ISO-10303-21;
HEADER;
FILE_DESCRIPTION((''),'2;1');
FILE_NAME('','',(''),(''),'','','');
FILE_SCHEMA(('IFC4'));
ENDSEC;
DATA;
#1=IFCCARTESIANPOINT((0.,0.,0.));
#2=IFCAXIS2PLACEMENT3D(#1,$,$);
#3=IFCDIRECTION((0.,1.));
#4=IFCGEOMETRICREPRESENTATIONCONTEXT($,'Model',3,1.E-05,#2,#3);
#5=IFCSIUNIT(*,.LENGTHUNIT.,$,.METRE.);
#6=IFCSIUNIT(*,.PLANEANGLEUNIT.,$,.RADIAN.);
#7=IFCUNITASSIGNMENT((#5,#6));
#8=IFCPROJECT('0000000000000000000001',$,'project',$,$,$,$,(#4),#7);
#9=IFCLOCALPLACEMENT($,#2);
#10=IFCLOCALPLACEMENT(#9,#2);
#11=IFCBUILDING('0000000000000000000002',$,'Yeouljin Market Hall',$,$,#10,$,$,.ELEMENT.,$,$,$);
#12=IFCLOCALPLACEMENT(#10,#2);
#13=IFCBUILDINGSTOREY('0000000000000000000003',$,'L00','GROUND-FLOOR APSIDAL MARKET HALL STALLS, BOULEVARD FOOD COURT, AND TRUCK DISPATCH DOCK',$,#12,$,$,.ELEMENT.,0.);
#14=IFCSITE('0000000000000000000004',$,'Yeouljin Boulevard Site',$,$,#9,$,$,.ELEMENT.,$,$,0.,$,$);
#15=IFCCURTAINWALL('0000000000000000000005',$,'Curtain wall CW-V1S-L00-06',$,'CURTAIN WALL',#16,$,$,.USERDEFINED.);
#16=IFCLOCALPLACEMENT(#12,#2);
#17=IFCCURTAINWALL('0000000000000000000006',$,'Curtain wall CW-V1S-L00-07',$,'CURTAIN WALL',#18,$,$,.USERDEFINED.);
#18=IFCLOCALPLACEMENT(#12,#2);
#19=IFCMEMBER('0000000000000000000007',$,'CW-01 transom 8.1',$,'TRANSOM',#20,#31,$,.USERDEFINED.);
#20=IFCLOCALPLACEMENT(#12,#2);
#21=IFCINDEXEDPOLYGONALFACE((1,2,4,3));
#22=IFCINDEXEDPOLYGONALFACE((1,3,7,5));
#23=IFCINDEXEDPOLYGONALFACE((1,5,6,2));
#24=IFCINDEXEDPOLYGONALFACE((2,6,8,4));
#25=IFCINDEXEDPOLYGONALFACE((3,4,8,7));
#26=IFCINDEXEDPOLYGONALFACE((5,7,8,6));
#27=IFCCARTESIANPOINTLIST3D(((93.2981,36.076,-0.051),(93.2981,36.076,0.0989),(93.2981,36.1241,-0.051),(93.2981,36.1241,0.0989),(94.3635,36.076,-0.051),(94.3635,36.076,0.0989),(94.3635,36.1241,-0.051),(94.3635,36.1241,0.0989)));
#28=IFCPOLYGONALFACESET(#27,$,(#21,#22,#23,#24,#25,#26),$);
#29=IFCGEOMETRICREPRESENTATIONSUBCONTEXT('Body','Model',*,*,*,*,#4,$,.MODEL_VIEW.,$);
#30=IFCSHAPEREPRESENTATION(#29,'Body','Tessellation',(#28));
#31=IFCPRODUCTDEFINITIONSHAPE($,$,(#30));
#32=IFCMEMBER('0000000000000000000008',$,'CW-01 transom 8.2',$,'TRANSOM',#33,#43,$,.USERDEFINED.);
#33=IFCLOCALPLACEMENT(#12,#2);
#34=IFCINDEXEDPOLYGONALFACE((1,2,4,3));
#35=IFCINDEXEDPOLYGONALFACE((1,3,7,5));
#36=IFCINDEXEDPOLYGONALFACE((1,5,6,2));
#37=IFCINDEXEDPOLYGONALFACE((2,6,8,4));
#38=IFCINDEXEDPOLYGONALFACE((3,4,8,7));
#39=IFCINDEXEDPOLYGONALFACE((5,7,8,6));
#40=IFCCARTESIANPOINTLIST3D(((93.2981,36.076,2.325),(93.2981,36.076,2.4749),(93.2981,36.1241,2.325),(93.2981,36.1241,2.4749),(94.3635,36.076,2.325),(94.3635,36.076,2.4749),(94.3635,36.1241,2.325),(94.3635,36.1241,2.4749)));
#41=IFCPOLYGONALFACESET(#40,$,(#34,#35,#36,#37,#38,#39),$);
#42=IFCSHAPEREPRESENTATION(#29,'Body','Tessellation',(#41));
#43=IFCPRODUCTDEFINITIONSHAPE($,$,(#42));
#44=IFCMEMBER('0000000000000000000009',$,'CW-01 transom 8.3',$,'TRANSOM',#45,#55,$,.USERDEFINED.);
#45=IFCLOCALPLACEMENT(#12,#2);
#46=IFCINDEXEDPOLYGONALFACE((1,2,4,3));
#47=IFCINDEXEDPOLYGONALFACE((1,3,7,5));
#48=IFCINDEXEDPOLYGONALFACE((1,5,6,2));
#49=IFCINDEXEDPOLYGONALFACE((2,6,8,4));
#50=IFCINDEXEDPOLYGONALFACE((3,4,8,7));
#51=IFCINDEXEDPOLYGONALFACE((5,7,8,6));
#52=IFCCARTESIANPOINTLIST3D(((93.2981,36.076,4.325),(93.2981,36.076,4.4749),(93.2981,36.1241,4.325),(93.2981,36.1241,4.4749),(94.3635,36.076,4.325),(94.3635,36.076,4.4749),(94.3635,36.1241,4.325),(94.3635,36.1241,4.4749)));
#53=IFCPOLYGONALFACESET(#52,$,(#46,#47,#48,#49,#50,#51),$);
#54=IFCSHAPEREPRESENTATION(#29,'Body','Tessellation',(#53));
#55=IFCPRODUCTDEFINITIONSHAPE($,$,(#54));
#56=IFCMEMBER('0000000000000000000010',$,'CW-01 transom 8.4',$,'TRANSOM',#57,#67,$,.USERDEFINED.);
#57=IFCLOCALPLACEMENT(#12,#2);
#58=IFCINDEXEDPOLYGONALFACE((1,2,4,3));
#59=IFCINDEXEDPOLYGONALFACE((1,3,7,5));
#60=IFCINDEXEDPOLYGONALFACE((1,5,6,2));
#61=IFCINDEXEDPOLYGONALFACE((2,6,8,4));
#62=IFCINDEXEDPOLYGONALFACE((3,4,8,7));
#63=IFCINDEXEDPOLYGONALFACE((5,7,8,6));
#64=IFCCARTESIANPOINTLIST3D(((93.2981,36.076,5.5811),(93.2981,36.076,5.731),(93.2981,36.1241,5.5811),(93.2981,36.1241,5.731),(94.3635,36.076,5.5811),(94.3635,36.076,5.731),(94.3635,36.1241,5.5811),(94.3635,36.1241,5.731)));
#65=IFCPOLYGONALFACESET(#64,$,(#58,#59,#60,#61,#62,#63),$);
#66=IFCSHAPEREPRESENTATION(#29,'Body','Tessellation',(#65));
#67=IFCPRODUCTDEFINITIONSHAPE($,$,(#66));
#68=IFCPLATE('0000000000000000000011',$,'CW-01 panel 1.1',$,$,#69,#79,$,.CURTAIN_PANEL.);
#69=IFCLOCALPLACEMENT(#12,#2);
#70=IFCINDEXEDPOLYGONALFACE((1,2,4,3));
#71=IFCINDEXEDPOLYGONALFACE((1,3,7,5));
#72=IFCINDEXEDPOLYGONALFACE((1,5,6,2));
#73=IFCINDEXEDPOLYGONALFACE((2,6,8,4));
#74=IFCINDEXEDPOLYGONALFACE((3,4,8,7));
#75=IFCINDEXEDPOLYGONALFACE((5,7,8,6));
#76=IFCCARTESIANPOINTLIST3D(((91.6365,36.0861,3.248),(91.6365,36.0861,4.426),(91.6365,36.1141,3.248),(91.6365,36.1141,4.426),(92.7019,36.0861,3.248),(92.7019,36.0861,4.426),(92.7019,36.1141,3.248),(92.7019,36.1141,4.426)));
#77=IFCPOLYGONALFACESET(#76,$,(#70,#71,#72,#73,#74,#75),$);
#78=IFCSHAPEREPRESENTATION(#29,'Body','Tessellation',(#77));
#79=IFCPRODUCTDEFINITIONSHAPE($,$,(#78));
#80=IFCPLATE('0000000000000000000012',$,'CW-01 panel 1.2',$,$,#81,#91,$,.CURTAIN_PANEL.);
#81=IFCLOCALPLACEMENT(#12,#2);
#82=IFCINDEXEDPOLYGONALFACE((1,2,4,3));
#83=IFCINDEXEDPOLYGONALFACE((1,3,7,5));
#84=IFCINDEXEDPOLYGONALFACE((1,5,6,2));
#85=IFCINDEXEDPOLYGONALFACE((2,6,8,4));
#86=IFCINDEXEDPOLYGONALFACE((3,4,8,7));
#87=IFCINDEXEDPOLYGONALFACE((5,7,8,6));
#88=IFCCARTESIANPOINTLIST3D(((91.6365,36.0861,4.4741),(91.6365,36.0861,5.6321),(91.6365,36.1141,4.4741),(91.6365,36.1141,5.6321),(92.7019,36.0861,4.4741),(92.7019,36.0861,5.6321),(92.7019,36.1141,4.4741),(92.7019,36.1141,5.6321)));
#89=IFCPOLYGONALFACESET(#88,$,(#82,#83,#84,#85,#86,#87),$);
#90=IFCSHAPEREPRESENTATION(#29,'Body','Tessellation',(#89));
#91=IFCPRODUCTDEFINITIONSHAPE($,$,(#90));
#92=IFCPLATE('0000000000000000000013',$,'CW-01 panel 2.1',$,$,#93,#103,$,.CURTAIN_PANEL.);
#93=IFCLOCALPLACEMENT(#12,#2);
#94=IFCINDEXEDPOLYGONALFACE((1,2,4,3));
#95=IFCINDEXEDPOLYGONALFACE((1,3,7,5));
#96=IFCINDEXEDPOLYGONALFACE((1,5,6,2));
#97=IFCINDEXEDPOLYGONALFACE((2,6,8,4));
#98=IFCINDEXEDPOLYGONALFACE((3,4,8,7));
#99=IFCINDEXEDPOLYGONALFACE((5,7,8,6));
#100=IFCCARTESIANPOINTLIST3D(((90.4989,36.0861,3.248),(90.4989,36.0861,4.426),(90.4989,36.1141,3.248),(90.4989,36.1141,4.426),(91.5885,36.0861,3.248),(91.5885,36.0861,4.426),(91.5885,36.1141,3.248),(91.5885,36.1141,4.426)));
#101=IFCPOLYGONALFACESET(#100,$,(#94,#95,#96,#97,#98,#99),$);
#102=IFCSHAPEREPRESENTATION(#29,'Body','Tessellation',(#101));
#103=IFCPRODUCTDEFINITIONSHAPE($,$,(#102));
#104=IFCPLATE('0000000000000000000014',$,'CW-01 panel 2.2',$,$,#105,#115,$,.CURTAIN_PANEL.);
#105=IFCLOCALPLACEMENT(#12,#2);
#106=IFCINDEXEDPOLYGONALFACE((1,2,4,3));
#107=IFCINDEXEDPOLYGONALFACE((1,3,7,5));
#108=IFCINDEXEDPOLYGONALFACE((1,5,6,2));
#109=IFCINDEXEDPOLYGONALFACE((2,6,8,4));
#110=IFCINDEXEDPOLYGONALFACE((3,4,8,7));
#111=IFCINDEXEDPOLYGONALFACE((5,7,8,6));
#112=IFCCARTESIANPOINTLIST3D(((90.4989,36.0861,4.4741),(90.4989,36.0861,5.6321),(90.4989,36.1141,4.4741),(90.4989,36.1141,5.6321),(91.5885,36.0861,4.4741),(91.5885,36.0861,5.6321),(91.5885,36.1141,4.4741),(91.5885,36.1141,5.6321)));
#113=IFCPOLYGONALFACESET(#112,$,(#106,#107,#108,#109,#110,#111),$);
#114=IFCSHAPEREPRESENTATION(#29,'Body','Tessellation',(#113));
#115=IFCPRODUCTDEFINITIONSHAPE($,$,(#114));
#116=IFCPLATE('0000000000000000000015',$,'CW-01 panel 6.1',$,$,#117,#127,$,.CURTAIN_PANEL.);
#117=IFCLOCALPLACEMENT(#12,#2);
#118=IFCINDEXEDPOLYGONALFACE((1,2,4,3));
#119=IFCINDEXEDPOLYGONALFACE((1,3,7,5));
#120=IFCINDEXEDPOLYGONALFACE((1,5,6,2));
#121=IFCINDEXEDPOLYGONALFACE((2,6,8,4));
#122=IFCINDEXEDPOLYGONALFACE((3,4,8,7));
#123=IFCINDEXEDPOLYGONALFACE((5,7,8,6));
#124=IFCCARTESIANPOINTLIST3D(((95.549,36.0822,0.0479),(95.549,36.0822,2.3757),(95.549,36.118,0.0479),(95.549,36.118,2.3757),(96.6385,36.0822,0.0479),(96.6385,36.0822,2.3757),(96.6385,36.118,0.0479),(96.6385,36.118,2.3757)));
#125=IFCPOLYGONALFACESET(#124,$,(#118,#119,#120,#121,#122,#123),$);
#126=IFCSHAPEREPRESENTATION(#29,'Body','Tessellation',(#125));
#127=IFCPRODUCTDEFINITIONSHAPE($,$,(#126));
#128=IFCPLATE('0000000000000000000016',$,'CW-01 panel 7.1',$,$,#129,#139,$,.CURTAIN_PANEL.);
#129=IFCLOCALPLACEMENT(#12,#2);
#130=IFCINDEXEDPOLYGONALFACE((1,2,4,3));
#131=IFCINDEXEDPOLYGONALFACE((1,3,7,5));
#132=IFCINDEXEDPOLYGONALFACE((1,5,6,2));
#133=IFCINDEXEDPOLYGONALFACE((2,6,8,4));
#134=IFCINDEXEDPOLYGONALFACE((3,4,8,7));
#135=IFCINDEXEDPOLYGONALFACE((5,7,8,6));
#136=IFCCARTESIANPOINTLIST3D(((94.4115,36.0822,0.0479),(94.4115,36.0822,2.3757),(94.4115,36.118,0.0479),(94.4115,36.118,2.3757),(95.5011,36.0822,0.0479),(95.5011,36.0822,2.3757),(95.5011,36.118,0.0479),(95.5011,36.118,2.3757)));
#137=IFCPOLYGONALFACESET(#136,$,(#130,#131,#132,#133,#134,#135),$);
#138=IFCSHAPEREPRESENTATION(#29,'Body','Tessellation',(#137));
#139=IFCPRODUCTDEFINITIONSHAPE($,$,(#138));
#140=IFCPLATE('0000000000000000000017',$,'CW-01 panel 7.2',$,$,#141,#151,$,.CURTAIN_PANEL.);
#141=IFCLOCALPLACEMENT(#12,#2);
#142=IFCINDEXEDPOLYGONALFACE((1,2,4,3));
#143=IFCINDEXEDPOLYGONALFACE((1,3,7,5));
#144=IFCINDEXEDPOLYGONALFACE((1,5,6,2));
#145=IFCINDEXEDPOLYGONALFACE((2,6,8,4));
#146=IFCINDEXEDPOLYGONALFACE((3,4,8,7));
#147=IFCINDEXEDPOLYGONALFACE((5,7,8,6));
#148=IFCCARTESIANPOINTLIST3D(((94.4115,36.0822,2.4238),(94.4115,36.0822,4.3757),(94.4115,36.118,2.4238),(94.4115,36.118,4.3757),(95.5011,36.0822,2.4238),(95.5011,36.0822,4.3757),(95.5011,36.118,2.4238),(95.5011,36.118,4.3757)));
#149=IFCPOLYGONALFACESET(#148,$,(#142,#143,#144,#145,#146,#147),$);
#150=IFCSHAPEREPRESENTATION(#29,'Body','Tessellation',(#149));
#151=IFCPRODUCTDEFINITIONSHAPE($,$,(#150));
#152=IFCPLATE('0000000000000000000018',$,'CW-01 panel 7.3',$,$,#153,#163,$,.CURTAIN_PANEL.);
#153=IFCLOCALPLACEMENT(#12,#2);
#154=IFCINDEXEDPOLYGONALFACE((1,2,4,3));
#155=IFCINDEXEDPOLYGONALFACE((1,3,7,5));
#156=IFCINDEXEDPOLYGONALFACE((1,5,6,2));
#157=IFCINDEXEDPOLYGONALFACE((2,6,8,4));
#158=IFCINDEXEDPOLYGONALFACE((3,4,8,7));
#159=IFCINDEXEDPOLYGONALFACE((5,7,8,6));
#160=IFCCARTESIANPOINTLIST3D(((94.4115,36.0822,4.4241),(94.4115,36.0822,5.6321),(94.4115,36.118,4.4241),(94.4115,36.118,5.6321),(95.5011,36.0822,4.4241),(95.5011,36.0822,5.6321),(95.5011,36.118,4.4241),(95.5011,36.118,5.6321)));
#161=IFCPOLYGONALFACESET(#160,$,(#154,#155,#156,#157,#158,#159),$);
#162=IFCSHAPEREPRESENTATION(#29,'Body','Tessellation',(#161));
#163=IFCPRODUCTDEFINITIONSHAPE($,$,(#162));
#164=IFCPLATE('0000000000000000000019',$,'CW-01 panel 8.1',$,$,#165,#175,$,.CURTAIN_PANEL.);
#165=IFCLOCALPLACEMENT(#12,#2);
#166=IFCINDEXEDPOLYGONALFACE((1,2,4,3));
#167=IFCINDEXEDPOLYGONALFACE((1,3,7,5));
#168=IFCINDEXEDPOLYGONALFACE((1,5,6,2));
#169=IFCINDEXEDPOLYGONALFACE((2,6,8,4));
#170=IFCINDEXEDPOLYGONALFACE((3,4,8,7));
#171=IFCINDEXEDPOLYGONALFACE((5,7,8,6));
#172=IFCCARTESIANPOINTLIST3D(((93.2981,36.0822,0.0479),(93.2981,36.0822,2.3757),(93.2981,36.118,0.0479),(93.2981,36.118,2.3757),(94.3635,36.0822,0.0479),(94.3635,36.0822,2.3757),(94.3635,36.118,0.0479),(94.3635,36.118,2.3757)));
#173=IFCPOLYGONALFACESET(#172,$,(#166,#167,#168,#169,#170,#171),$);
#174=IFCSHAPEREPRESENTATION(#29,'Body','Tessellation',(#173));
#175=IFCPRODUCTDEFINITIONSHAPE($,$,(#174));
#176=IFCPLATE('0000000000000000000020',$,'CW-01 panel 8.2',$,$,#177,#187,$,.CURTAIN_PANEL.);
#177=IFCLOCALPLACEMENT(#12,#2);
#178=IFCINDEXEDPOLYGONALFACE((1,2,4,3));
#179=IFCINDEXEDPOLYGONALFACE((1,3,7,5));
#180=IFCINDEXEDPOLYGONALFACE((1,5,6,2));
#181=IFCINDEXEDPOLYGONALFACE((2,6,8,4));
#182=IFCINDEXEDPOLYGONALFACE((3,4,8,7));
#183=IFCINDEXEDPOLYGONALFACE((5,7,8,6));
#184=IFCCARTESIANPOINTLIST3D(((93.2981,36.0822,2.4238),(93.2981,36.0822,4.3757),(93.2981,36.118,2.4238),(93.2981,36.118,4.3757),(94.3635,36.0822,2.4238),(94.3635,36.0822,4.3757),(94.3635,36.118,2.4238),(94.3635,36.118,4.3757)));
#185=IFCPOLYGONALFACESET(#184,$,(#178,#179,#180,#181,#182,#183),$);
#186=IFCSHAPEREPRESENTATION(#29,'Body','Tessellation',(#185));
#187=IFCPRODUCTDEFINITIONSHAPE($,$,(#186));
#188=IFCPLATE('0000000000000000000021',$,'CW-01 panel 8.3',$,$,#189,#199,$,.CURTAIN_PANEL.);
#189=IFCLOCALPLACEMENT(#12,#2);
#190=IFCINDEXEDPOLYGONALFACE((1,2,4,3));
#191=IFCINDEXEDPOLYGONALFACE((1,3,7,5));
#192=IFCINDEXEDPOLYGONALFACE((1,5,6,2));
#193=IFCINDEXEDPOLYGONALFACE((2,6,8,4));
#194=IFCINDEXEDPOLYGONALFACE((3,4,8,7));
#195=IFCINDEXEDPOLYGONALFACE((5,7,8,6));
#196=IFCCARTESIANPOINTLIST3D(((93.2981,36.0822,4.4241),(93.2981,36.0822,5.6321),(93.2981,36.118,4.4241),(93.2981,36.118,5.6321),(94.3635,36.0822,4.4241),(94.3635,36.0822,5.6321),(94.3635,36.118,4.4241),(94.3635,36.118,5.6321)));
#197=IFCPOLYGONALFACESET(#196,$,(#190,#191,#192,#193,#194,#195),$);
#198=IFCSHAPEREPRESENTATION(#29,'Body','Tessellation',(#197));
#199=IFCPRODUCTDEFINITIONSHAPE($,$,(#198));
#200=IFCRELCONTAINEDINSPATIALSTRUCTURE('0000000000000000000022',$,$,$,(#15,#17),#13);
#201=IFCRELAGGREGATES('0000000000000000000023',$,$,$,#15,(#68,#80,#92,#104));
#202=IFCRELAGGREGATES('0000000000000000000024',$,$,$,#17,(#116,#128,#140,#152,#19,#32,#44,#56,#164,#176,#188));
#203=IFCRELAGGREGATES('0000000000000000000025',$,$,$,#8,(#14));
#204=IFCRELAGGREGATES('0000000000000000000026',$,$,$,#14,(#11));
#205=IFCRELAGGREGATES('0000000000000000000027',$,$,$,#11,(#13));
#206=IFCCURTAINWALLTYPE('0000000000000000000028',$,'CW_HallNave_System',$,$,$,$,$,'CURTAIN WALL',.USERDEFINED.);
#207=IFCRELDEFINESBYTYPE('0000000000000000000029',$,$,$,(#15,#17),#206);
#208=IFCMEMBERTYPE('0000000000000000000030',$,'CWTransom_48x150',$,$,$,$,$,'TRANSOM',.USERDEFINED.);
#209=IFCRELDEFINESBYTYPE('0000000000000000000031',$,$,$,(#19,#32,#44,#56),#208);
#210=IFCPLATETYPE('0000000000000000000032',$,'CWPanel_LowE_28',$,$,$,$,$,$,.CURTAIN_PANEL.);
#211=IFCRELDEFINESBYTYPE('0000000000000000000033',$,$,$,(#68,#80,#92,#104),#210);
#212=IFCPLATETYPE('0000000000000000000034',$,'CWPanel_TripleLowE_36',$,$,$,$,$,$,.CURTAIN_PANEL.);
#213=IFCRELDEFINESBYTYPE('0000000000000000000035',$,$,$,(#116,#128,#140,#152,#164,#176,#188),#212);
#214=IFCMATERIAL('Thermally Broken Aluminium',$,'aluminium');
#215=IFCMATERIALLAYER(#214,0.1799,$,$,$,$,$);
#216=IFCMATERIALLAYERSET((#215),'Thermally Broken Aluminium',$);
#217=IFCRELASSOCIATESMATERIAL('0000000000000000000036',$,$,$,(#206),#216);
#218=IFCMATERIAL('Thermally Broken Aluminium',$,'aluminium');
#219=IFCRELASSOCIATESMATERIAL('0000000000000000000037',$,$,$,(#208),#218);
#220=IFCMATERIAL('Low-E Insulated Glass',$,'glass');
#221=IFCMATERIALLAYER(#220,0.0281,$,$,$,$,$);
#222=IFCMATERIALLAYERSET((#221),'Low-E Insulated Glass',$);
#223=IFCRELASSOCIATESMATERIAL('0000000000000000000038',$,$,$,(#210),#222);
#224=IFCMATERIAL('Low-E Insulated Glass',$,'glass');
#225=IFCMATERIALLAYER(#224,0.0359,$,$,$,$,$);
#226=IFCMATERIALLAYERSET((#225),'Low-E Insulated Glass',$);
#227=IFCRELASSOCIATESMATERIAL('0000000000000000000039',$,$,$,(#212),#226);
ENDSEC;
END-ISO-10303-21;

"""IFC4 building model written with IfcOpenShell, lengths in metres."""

from ifc_helpers import new_model, si_unit, direction, frame, origin, origin_2d, place, context, subcontext, project, spatial, rectangle, extrude, material, layer, layer_set, material_profile, profile_set, type_object, element, aggregate, save


model = new_model("IFC4")

# Units and contexts
model_context = context("Model", 3, precision=1e-05, world=origin(), true_north=direction((0.0, 1.0)))
body_context = subcontext(model_context, "Body", "Model", "MODEL_VIEW")
ifc_project = project(units=[si_unit("LENGTHUNIT", "METRE"), si_unit("PLANEANGLEUNIT", "RADIAN")], contexts=[model_context])

# Site, building, storey
site_placement = place(None, origin())
site = spatial("IfcSite", under=ifc_project, at=site_placement, Name="Yeouljin Boulevard Site", CompositionType="ELEMENT", RefElevation=0.0)
building_placement = place(site_placement, origin())
building = spatial("IfcBuilding", under=site, at=building_placement, Name="Yeouljin Market Hall", CompositionType="ELEMENT")
storey_placement = place(building_placement, origin())
storey = spatial("IfcBuildingStorey", under=building, at=storey_placement, Name="L00", Description="GROUND-FLOOR APSIDAL MARKET HALL STALLS, BOULEVARD FOOD COURT, AND TRUCK DISPATCH DOCK", CompositionType="ELEMENT", Elevation=0.0)

# Curtain walls
ifc_material_1 = material(Name="Thermally Broken Aluminium", Category="aluminium")
ifc_layer_1 = layer(ifc_material_1, 0.1799)
ifc_layer_set_1 = layer_set([ifc_layer_1], Name="Thermally Broken Aluminium")
curtain_wall_type = type_object("IfcCurtainWallType", Name="CW_HallNave_System", ElementType="CURTAIN WALL", PredefinedType="USERDEFINED", material=ifc_layer_set_1)
curtain_wall_1_placement = place(storey_placement, origin())
curtain_wall_1 = element("IfcCurtainWall", 1, at=curtain_wall_1_placement, inside=storey, type_object=curtain_wall_type, Name="Curtain wall CW-V1S-L00-06", ObjectType="CURTAIN WALL", PredefinedType="USERDEFINED")
curtain_wall_2_placement = place(storey_placement, origin())
curtain_wall_2 = element("IfcCurtainWall", 2, at=curtain_wall_2_placement, inside=storey, type_object=curtain_wall_type, Name="Curtain wall CW-V1S-L00-07", ObjectType="CURTAIN WALL", PredefinedType="USERDEFINED")

# Members
ifc_material_2 = material(Name="Thermally Broken Aluminium", Category="aluminium")
ifc_material_profile_1 = material_profile(ifc_material_2, rectangle(XDim=0.0481, YDim=0.1499, at=origin_2d()), Name="CW-TRAN-48x150")
ifc_profile_set_1 = profile_set([ifc_material_profile_1], Name="Thermally Broken Aluminium")
member_type_1 = type_object("IfcMemberType", Name="CWTransom_48x150", ElementType="TRANSOM", PredefinedType="USERDEFINED", material=ifc_profile_set_1)
member_1_placement = place(storey_placement, frame((94.3635, 36.1001, 0.0239), z_axis=(-1.0, 0.0, 0.0), x_axis=(0.0, -1.0, 0.0)))
member_1 = element("IfcMember", 3, at=member_1_placement, type_object=member_type_1, Name="CW-01 transom 8.1", ObjectType="TRANSOM", PredefinedType="USERDEFINED", context=body_context, shape_type="SweptSolid", body=[
    extrude(rectangle(XDim=0.0481, YDim=0.1499, at=origin_2d()), origin(), (0.0, 0.0, 1.0), 1.0654),
])
member_2_placement = place(storey_placement, frame((94.3635, 36.1001, 2.3999), z_axis=(-1.0, 0.0, 0.0), x_axis=(0.0, -1.0, 0.0)))
member_2 = element("IfcMember", 4, at=member_2_placement, type_object=member_type_1, Name="CW-01 transom 8.2", ObjectType="TRANSOM", PredefinedType="USERDEFINED", context=body_context, shape_type="SweptSolid", body=[
    extrude(rectangle(XDim=0.0481, YDim=0.1499, at=origin_2d()), origin(), (0.0, 0.0, 1.0), 1.0654),
])
member_3_placement = place(storey_placement, frame((94.3635, 36.1001, 4.3999), z_axis=(-1.0, 0.0, 0.0), x_axis=(0.0, -1.0, 0.0)))
member_3 = element("IfcMember", 5, at=member_3_placement, type_object=member_type_1, Name="CW-01 transom 8.3", ObjectType="TRANSOM", PredefinedType="USERDEFINED", context=body_context, shape_type="SweptSolid", body=[
    extrude(rectangle(XDim=0.0481, YDim=0.1499, at=origin_2d()), origin(), (0.0, 0.0, 1.0), 1.0654),
])
member_4_placement = place(storey_placement, frame((94.3635, 36.1001, 5.656), z_axis=(-1.0, 0.0, 0.0), x_axis=(0.0, -1.0, 0.0)))
member_4 = element("IfcMember", 6, at=member_4_placement, type_object=member_type_1, Name="CW-01 transom 8.4", ObjectType="TRANSOM", PredefinedType="USERDEFINED", context=body_context, shape_type="SweptSolid", body=[
    extrude(rectangle(XDim=0.0481, YDim=0.1499, at=origin_2d()), origin(), (0.0, 0.0, 1.0), 1.0654),
])

# Plates
ifc_material_3 = material(Name="Low-E Insulated Glass", Category="glass")
ifc_layer_2 = layer(ifc_material_3, 0.0281)
ifc_layer_set_2 = layer_set([ifc_layer_2], Name="Low-E Insulated Glass")
plate_type_1 = type_object("IfcPlateType", Name="CWPanel_LowE_28", PredefinedType="CURTAIN_PANEL", material=ifc_layer_set_2)
plate_1_placement = place(storey_placement, frame((92.1692, 36.1001, 3.248), z_axis=(0.0, 0.0, 1.0), x_axis=(-1.0, 0.0, 0.0)))
plate_1 = element("IfcPlate", 7, at=plate_1_placement, type_object=plate_type_1, Name="CW-01 panel 1.1", PredefinedType="CURTAIN_PANEL", context=body_context, shape_type="SweptSolid", body=[
    extrude(rectangle(XDim=1.0654, YDim=0.0281, at=origin_2d()), origin(), (0.0, 0.0, 1.0), 1.178),
])
plate_2_placement = place(storey_placement, frame((92.1692, 36.1001, 4.4741), z_axis=(0.0, 0.0, 1.0), x_axis=(-1.0, 0.0, 0.0)))
plate_2 = element("IfcPlate", 8, at=plate_2_placement, type_object=plate_type_1, Name="CW-01 panel 1.2", PredefinedType="CURTAIN_PANEL", context=body_context, shape_type="SweptSolid", body=[
    extrude(rectangle(XDim=1.0654, YDim=0.0281, at=origin_2d()), origin(), (0.0, 0.0, 1.0), 1.158),
])
plate_3_placement = place(storey_placement, frame((91.0437, 36.1001, 3.248), z_axis=(0.0, 0.0, 1.0), x_axis=(-1.0, 0.0, 0.0)))
plate_3 = element("IfcPlate", 9, at=plate_3_placement, type_object=plate_type_1, Name="CW-01 panel 2.1", PredefinedType="CURTAIN_PANEL", context=body_context, shape_type="SweptSolid", body=[
    extrude(rectangle(XDim=1.0896, YDim=0.0281, at=origin_2d()), origin(), (0.0, 0.0, 1.0), 1.178),
])
plate_4_placement = place(storey_placement, frame((91.0437, 36.1001, 4.4741), z_axis=(0.0, 0.0, 1.0), x_axis=(-1.0, 0.0, 0.0)))
plate_4 = element("IfcPlate", 10, at=plate_4_placement, type_object=plate_type_1, Name="CW-01 panel 2.2", PredefinedType="CURTAIN_PANEL", context=body_context, shape_type="SweptSolid", body=[
    extrude(rectangle(XDim=1.0896, YDim=0.0281, at=origin_2d()), origin(), (0.0, 0.0, 1.0), 1.158),
])
aggregate(curtain_wall_1, [plate_1, plate_2, plate_3, plate_4])
ifc_material_4 = material(Name="Low-E Insulated Glass", Category="glass")
ifc_layer_3 = layer(ifc_material_4, 0.0359)
ifc_layer_set_3 = layer_set([ifc_layer_3], Name="Low-E Insulated Glass")
plate_type_2 = type_object("IfcPlateType", Name="CWPanel_TripleLowE_36", PredefinedType="CURTAIN_PANEL", material=ifc_layer_set_3)
plate_5_placement = place(storey_placement, frame((96.0938, 36.1001, 0.0479), z_axis=(0.0, 0.0, 1.0), x_axis=(-1.0, 0.0, 0.0)))
plate_5 = element("IfcPlate", 11, at=plate_5_placement, type_object=plate_type_2, Name="CW-01 panel 6.1", PredefinedType="CURTAIN_PANEL", context=body_context, shape_type="SweptSolid", body=[
    extrude(rectangle(XDim=1.0896, YDim=0.0359, at=origin_2d()), origin(), (0.0, 0.0, 1.0), 2.3279),
])
plate_6_placement = place(storey_placement, frame((94.9563, 36.1001, 0.0479), z_axis=(0.0, 0.0, 1.0), x_axis=(-1.0, 0.0, 0.0)))
plate_6 = element("IfcPlate", 12, at=plate_6_placement, type_object=plate_type_2, Name="CW-01 panel 7.1", PredefinedType="CURTAIN_PANEL", context=body_context, shape_type="SweptSolid", body=[
    extrude(rectangle(XDim=1.0896, YDim=0.0359, at=origin_2d()), origin(), (0.0, 0.0, 1.0), 2.3279),
])
plate_7_placement = place(storey_placement, frame((94.9563, 36.1001, 2.4238), z_axis=(0.0, 0.0, 1.0), x_axis=(-1.0, 0.0, 0.0)))
plate_7 = element("IfcPlate", 13, at=plate_7_placement, type_object=plate_type_2, Name="CW-01 panel 7.2", PredefinedType="CURTAIN_PANEL", context=body_context, shape_type="SweptSolid", body=[
    extrude(rectangle(XDim=1.0896, YDim=0.0359, at=origin_2d()), origin(), (0.0, 0.0, 1.0), 1.9519),
])
plate_8_placement = place(storey_placement, frame((94.9563, 36.1001, 4.4241), z_axis=(0.0, 0.0, 1.0), x_axis=(-1.0, 0.0, 0.0)))
plate_8 = element("IfcPlate", 14, at=plate_8_placement, type_object=plate_type_2, Name="CW-01 panel 7.3", PredefinedType="CURTAIN_PANEL", context=body_context, shape_type="SweptSolid", body=[
    extrude(rectangle(XDim=1.0896, YDim=0.0359, at=origin_2d()), origin(), (0.0, 0.0, 1.0), 1.208),
])
plate_9_placement = place(storey_placement, frame((93.8308, 36.1001, 0.0479), z_axis=(0.0, 0.0, 1.0), x_axis=(-1.0, 0.0, 0.0)))
plate_9 = element("IfcPlate", 15, at=plate_9_placement, type_object=plate_type_2, Name="CW-01 panel 8.1", PredefinedType="CURTAIN_PANEL", context=body_context, shape_type="SweptSolid", body=[
    extrude(rectangle(XDim=1.0654, YDim=0.0359, at=origin_2d()), origin(), (0.0, 0.0, 1.0), 2.3279),
])
plate_10_placement = place(storey_placement, frame((93.8308, 36.1001, 2.4238), z_axis=(0.0, 0.0, 1.0), x_axis=(-1.0, 0.0, 0.0)))
plate_10 = element("IfcPlate", 16, at=plate_10_placement, type_object=plate_type_2, Name="CW-01 panel 8.2", PredefinedType="CURTAIN_PANEL", context=body_context, shape_type="SweptSolid", body=[
    extrude(rectangle(XDim=1.0654, YDim=0.0359, at=origin_2d()), origin(), (0.0, 0.0, 1.0), 1.9519),
])
plate_11_placement = place(storey_placement, frame((93.8308, 36.1001, 4.4241), z_axis=(0.0, 0.0, 1.0), x_axis=(-1.0, 0.0, 0.0)))
plate_11 = element("IfcPlate", 17, at=plate_11_placement, type_object=plate_type_2, Name="CW-01 panel 8.3", PredefinedType="CURTAIN_PANEL", context=body_context, shape_type="SweptSolid", body=[
    extrude(rectangle(XDim=1.0654, YDim=0.0359, at=origin_2d()), origin(), (0.0, 0.0, 1.0), 1.208),
])
aggregate(curtain_wall_2, [plate_5, plate_6, plate_7, plate_8, member_1, member_2, member_3, member_4, plate_9, plate_10, plate_11])

save(model, "model.ifc")
